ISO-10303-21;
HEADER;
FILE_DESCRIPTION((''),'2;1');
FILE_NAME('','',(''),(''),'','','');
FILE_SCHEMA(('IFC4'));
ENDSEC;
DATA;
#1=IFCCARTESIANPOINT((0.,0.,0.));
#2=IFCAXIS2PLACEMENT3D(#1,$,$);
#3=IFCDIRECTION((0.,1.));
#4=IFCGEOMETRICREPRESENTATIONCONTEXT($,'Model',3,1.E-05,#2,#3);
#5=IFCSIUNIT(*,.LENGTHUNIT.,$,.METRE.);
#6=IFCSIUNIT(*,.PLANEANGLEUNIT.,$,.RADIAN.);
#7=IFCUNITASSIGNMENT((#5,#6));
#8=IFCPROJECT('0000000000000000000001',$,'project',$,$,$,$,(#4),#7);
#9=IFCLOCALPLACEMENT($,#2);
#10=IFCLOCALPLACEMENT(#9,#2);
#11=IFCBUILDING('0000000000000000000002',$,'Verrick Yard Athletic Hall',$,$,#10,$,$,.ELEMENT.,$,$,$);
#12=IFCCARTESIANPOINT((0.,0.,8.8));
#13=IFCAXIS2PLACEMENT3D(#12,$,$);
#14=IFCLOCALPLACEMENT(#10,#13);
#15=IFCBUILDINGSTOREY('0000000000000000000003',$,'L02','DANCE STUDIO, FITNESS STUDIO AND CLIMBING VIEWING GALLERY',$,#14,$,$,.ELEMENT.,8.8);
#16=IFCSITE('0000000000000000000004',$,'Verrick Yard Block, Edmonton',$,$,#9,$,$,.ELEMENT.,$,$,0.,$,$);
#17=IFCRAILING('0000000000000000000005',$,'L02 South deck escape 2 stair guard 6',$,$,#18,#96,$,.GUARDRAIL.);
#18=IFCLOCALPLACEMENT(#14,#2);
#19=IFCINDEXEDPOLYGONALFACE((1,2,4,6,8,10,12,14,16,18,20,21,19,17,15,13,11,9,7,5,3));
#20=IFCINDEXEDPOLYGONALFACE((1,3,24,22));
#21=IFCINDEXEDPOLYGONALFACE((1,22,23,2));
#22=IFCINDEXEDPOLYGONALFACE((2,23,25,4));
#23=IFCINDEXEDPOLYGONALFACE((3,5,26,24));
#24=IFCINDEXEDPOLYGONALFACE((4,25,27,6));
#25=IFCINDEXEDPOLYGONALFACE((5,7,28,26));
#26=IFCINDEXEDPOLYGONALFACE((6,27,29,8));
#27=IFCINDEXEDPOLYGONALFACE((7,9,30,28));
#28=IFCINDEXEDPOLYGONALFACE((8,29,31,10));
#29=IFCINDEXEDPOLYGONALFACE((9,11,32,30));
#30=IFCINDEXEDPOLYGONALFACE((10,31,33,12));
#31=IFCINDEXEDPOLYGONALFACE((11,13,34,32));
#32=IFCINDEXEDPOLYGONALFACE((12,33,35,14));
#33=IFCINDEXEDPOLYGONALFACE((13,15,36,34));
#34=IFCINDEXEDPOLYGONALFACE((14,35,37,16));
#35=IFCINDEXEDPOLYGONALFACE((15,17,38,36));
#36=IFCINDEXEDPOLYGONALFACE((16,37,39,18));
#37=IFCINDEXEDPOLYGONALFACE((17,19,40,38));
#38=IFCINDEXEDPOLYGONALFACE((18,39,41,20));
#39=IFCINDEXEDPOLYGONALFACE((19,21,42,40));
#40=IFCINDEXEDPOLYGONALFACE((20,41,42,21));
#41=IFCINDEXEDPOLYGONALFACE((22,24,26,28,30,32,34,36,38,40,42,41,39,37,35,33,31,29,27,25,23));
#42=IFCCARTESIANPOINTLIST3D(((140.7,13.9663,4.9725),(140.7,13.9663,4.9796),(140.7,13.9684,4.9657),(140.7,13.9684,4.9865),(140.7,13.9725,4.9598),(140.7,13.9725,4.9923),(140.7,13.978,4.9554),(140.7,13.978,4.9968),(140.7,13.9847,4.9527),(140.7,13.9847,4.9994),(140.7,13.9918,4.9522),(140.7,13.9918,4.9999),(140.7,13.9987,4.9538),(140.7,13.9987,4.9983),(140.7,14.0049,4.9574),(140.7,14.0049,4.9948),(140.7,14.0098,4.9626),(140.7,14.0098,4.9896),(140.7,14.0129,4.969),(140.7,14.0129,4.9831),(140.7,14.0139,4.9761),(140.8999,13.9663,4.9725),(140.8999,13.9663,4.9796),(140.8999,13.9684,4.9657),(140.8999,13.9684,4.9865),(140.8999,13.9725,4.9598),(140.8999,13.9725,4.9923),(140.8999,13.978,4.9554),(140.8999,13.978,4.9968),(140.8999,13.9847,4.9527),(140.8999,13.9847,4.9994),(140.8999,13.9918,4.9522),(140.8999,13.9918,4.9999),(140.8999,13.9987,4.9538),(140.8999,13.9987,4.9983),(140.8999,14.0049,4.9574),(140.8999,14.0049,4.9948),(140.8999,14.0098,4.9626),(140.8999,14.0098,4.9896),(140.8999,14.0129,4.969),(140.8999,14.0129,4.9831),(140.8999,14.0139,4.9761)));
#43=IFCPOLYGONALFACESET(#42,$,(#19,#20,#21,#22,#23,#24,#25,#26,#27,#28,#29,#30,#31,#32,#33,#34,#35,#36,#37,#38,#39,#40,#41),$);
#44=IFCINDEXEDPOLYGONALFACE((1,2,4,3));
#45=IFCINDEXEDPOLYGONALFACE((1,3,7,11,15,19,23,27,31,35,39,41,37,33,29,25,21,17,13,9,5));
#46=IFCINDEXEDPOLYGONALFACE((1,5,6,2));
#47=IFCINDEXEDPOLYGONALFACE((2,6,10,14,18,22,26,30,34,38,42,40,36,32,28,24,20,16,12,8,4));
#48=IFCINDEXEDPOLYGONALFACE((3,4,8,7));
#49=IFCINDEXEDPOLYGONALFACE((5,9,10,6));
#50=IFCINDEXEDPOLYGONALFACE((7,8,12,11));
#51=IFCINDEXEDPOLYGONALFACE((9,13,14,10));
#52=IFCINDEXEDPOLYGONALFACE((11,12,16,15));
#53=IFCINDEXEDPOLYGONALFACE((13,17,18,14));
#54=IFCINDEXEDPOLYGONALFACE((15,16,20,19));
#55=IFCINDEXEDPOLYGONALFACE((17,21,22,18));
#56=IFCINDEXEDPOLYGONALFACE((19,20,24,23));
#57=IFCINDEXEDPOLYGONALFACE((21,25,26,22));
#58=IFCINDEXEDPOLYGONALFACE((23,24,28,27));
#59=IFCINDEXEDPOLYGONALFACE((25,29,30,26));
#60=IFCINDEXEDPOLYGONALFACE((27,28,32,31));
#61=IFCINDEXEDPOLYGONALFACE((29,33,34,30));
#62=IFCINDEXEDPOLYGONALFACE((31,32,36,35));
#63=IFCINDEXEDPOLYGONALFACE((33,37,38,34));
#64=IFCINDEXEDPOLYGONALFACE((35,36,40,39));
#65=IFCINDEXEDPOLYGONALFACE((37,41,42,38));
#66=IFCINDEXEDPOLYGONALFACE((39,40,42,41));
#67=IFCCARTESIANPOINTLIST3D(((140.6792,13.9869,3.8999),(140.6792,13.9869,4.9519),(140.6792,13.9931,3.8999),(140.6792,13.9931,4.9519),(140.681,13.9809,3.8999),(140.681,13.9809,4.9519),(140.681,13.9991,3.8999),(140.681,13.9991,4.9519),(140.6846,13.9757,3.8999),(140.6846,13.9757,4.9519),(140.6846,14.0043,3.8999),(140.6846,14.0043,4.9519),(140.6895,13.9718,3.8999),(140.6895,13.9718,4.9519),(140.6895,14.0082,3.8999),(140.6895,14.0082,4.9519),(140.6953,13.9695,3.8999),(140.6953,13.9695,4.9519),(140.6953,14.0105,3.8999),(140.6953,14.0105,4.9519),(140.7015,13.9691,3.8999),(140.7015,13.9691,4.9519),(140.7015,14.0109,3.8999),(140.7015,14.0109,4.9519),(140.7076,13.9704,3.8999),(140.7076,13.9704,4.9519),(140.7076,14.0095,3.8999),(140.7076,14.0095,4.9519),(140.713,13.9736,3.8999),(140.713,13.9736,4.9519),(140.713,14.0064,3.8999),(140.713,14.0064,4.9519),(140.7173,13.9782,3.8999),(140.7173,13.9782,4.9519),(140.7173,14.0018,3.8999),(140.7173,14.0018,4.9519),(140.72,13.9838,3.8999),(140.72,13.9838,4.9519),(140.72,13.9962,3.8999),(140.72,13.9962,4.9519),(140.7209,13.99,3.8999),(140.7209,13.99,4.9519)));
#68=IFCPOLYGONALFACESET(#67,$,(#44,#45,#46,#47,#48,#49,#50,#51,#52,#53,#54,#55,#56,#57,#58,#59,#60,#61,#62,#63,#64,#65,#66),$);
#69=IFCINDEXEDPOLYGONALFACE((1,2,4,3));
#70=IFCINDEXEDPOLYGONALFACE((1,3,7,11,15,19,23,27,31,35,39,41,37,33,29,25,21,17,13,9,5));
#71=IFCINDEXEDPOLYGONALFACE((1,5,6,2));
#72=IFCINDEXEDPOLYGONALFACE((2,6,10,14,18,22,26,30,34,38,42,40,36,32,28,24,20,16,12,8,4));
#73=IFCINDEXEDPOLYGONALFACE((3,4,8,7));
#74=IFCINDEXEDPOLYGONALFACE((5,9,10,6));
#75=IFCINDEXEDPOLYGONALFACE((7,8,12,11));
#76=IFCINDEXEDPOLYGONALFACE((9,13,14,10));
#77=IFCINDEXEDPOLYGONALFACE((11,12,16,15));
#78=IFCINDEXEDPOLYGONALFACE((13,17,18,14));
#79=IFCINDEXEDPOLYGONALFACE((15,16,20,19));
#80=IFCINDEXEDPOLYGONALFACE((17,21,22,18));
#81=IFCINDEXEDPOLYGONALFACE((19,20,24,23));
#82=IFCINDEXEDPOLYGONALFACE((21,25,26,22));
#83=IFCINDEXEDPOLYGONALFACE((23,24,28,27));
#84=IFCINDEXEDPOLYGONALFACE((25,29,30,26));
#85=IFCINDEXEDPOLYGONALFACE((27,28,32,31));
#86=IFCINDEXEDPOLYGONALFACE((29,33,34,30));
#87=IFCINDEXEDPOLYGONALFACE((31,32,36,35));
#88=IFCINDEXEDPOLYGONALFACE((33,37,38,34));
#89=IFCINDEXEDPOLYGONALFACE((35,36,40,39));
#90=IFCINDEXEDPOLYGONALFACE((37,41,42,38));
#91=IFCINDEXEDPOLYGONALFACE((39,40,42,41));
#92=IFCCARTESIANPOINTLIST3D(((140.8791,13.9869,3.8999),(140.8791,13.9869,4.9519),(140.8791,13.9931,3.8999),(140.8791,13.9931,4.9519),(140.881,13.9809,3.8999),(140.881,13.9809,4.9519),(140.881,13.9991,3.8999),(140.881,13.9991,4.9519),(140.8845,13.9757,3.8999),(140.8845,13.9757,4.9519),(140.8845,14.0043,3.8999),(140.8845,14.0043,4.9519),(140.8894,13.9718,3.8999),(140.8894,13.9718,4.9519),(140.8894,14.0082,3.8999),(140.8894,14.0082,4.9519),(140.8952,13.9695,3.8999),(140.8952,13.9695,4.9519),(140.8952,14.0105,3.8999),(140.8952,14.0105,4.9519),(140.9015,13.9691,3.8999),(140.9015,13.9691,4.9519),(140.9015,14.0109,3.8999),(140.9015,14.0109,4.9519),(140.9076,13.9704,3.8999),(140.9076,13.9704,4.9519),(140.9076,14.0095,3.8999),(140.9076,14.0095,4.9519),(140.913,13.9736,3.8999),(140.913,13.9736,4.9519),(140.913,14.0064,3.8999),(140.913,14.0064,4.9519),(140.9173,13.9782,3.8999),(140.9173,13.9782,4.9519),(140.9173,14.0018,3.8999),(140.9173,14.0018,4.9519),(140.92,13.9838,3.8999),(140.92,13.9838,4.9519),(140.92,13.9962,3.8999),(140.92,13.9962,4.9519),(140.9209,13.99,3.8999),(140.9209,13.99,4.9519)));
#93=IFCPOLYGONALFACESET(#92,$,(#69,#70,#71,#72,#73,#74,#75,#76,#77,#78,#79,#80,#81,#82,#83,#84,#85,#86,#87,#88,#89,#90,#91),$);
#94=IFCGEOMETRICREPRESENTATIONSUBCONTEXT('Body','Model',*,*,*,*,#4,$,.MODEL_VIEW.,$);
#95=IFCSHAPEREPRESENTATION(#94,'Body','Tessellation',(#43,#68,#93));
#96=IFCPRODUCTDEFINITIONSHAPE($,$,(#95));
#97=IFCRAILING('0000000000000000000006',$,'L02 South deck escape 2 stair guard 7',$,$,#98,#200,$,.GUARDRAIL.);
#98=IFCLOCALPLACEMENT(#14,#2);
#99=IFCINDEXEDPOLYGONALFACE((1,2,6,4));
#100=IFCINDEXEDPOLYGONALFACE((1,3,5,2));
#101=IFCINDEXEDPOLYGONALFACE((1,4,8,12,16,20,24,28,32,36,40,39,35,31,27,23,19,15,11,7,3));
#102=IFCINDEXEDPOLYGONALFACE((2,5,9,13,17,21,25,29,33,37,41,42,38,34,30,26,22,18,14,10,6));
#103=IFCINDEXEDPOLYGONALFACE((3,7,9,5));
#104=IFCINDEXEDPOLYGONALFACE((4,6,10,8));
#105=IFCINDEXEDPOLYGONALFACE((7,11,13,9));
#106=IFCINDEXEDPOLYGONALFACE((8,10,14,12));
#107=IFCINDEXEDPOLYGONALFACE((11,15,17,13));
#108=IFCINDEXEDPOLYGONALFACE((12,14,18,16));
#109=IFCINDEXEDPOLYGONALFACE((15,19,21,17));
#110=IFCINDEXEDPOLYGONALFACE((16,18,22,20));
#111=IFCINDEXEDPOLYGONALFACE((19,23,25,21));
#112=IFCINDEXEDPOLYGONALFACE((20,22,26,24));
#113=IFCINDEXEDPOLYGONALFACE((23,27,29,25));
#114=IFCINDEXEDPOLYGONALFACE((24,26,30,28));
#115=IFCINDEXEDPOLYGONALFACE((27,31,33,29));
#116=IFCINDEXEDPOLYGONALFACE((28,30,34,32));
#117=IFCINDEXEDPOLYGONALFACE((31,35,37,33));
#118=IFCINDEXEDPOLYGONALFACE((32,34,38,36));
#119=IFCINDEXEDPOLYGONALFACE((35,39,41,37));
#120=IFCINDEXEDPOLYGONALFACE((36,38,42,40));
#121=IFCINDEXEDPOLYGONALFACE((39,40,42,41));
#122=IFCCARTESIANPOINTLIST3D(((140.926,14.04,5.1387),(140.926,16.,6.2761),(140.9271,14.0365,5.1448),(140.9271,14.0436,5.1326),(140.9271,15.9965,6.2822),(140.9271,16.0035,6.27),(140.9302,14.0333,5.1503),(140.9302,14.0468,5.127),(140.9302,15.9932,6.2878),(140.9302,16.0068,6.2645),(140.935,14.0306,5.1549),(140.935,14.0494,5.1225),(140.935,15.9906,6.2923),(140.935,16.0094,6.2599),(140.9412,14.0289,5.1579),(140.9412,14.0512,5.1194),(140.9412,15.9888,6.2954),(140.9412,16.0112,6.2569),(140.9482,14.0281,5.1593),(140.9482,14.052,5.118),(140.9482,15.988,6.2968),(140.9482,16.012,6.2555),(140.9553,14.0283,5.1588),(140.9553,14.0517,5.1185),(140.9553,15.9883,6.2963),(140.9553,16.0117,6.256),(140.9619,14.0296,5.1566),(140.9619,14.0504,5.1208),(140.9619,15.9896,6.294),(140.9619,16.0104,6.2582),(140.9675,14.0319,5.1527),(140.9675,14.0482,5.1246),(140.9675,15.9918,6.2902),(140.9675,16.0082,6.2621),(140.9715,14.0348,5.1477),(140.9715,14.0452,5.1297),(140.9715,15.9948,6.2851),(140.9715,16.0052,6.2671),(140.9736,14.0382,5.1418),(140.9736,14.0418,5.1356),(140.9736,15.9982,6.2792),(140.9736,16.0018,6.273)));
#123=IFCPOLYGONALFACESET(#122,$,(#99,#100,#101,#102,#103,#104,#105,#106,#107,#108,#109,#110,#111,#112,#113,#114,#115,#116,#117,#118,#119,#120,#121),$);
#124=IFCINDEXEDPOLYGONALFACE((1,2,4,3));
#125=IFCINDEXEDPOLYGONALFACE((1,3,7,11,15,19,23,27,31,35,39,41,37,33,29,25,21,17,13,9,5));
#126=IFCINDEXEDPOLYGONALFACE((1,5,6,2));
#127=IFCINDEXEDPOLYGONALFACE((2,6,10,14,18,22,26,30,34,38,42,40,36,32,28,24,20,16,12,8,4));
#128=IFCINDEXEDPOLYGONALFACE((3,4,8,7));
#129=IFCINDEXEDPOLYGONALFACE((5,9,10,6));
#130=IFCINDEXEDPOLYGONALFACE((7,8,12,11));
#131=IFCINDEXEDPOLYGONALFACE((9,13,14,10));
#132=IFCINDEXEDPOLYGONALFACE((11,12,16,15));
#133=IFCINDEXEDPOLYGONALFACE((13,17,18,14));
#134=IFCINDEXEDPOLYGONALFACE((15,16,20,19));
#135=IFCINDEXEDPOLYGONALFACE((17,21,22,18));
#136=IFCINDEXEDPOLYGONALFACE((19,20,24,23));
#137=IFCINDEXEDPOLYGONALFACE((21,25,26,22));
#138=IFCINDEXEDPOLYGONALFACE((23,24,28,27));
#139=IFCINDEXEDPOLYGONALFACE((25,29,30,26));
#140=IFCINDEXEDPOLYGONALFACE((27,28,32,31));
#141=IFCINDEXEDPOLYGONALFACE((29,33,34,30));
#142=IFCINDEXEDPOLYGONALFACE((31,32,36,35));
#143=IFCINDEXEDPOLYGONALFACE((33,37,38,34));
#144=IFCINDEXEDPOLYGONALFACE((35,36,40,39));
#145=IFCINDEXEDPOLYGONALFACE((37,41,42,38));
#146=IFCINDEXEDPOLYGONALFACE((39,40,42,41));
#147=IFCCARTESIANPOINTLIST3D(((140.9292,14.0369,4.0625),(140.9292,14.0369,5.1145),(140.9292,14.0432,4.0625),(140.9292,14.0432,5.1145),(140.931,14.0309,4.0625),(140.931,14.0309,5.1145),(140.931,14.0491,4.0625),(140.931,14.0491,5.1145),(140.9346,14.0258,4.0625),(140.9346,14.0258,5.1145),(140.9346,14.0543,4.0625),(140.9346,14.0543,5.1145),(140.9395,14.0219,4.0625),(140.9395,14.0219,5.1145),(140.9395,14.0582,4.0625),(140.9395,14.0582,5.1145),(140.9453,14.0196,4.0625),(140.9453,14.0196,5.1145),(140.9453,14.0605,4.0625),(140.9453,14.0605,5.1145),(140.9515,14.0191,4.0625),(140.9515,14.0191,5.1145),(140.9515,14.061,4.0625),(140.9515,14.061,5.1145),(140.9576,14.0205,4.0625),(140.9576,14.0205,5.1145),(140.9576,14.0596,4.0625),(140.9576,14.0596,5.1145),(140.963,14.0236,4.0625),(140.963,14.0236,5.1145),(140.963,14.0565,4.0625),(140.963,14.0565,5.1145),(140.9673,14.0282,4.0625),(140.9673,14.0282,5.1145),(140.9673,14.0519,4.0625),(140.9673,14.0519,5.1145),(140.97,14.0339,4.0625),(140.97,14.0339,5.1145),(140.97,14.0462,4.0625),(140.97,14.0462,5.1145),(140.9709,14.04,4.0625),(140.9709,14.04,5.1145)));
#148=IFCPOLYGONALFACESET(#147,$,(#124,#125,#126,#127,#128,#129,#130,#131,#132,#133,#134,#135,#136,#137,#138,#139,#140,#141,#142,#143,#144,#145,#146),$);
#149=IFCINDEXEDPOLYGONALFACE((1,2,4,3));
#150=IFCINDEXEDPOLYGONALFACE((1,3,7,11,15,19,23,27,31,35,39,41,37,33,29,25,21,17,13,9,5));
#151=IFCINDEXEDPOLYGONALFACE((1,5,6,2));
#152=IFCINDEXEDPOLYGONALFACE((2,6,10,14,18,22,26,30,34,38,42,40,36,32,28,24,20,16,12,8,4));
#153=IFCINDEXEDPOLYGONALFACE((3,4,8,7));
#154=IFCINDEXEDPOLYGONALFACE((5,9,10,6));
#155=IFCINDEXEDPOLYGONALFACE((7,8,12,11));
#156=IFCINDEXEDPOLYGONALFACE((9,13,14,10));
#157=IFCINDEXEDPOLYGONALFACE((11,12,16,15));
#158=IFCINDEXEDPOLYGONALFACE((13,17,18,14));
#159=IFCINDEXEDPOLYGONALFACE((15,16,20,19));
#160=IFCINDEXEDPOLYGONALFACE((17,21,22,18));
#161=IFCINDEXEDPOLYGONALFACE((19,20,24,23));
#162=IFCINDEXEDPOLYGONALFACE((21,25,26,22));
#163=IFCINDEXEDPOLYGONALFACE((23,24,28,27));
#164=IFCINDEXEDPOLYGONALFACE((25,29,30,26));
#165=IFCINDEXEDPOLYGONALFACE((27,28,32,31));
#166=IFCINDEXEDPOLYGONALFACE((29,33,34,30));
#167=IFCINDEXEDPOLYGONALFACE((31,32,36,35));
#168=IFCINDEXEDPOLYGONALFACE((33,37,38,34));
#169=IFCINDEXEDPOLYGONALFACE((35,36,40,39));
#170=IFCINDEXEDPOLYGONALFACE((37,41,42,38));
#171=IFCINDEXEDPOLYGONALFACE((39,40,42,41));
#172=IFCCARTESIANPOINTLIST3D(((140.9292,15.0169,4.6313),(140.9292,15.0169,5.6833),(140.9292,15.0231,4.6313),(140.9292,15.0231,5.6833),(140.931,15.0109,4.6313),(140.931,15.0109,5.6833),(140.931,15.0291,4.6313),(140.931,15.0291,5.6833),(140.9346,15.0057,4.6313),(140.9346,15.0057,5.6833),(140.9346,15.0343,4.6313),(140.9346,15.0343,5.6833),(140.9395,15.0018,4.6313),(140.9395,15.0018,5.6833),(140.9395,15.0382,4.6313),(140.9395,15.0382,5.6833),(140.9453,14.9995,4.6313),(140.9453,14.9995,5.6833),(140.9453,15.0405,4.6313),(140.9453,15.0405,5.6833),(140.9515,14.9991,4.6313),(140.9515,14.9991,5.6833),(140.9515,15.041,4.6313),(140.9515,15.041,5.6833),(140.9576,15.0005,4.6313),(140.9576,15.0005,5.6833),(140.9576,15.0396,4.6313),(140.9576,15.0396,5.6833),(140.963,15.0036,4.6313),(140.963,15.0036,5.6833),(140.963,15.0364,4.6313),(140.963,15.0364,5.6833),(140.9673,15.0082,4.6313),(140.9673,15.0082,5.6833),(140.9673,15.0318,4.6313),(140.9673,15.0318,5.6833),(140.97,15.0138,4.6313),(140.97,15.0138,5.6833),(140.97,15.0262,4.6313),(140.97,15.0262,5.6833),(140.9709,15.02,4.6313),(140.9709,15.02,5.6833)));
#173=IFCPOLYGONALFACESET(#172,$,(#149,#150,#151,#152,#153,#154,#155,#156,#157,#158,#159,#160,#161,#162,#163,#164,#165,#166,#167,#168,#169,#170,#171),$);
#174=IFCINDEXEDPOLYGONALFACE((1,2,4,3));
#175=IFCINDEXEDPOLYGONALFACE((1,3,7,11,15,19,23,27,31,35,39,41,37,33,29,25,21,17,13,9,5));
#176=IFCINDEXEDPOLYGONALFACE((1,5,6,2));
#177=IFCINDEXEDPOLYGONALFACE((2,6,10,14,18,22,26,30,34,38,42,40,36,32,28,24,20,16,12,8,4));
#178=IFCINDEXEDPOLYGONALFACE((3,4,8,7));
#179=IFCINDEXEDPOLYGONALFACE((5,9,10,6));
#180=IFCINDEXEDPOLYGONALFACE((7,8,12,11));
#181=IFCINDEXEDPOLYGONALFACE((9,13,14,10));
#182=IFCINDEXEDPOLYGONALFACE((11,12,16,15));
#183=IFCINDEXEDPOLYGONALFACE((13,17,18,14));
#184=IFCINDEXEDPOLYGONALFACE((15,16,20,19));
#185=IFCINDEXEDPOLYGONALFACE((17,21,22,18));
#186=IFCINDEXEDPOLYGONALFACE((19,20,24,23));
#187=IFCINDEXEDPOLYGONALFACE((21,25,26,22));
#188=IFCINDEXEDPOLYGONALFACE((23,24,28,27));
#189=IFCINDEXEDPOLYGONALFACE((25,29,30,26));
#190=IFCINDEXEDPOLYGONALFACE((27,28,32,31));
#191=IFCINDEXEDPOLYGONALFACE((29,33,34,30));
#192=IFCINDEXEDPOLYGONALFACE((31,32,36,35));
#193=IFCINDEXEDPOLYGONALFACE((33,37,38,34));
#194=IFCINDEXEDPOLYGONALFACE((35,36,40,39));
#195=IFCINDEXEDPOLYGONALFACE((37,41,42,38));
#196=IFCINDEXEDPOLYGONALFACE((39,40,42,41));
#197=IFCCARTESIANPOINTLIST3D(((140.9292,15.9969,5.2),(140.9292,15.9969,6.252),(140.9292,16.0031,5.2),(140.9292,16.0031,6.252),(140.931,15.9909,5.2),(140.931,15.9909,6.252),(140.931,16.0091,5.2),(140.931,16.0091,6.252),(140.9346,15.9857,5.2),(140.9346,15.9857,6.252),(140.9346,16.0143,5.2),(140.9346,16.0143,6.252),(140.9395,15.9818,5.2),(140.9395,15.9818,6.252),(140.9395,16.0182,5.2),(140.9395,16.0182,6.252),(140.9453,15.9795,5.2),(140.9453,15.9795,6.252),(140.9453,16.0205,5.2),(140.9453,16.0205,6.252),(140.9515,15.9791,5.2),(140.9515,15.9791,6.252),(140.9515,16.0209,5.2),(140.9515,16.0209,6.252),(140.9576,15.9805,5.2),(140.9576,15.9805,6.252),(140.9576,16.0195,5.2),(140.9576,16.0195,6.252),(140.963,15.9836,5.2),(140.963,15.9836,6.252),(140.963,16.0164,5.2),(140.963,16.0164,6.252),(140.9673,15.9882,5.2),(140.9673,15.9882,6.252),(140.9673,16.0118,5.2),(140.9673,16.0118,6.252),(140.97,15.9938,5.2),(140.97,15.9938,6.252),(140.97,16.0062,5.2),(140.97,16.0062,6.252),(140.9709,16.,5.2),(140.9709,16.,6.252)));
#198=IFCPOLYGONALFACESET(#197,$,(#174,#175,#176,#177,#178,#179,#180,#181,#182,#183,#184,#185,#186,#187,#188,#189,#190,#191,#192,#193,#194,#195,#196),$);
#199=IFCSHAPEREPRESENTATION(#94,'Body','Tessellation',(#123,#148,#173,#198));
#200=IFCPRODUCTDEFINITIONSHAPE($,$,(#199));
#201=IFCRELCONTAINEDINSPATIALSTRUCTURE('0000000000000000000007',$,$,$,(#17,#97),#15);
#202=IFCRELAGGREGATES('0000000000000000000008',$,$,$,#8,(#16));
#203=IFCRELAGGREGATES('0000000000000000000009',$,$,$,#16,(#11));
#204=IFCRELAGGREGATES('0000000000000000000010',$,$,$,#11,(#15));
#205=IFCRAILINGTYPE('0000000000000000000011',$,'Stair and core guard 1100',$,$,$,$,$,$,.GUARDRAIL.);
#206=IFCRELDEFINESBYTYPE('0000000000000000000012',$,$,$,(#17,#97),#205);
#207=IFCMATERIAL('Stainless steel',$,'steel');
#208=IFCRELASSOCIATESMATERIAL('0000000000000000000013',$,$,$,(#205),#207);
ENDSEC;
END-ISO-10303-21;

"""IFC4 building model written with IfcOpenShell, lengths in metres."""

from ifc_helpers import new_model, si_unit, direction, frame, origin, origin_2d, place, context, subcontext, project, spatial, circle, extrude, material, type_object, element, save


model = new_model("IFC4")

# Units and contexts
model_context = context("Model", 3, precision=1e-05, world=origin(), true_north=direction((0.0, 1.0)))
body_context = subcontext(model_context, "Body", "Model", "MODEL_VIEW")
ifc_project = project(units=[si_unit("LENGTHUNIT", "METRE"), si_unit("PLANEANGLEUNIT", "RADIAN")], contexts=[model_context])

# Site, building, storey
site_placement = place(None, origin())
site = spatial("IfcSite", under=ifc_project, at=site_placement, Name="Verrick Yard Block, Edmonton", CompositionType="ELEMENT", RefElevation=0.0)
building_placement = place(site_placement, origin())
building = spatial("IfcBuilding", under=site, at=building_placement, Name="Verrick Yard Athletic Hall", CompositionType="ELEMENT")
storey_placement = place(building_placement, frame((0.0, 0.0, 8.8)))
storey = spatial("IfcBuildingStorey", under=building, at=storey_placement, Name="L02", Description="DANCE STUDIO, FITNESS STUDIO AND CLIMBING VIEWING GALLERY", CompositionType="ELEMENT", Elevation=8.8)

# Railings
ifc_material_1 = material(Name="Stainless steel", Category="steel")
railing_type_1 = type_object("IfcRailingType", Name="Stair and core guard 1100", PredefinedType="GUARDRAIL", material=ifc_material_1)
railing_1_placement = place(storey_placement, frame((140.7, 13.99, 3.8999)))
element("IfcRailing", 1, at=railing_1_placement, inside=storey, type_object=railing_type_1, Name="L02 South deck escape 2 stair guard 6", PredefinedType="GUARDRAIL", context=body_context, shape_type="SweptSolid", body=[
    extrude(circle(Radius=0.0239, at=origin_2d()), frame((0.0, 0.0, 1.0762), z_axis=(1.0, 0.0, 0.0), x_axis=(0.0, 1.0, 0.0)), (0.0, 0.0, 1.0), 0.2),
    extrude(circle(Radius=0.021, at=origin_2d()), origin(), (0.0, 0.0, 1.0), 1.052),
    extrude(circle(Radius=0.021, at=origin_2d()), frame((0.2, 0.0, 0.0)), (0.0, 0.0, 1.0), 1.052),
])
railing_2_placement = place(storey_placement, frame((140.95, 14.04, 4.0625)))
element("IfcRailing", 2, at=railing_2_placement, inside=storey, type_object=railing_type_1, Name="L02 South deck escape 2 stair guard 7", PredefinedType="GUARDRAIL", context=body_context, shape_type="SweptSolid", body=[
    extrude(circle(Radius=0.0239, at=origin_2d()), frame((0.0, 0.0, 1.0762), z_axis=(0.0, 0.864902, 0.501941), x_axis=(-1.0, 0.0, 0.0)), (0.0, 0.0, 1.0), 2.2661),
    extrude(circle(Radius=0.021, at=origin_2d()), origin(), (0.0, 0.0, 1.0), 1.052),
    extrude(circle(Radius=0.021, at=origin_2d()), frame((0.0, 0.98, 0.5688)), (0.0, 0.0, 1.0), 1.052),
    extrude(circle(Radius=0.021, at=origin_2d()), frame((0.0, 1.96, 1.1375)), (0.0, 0.0, 1.0), 1.052),
])

save(model, "model.ifc")
